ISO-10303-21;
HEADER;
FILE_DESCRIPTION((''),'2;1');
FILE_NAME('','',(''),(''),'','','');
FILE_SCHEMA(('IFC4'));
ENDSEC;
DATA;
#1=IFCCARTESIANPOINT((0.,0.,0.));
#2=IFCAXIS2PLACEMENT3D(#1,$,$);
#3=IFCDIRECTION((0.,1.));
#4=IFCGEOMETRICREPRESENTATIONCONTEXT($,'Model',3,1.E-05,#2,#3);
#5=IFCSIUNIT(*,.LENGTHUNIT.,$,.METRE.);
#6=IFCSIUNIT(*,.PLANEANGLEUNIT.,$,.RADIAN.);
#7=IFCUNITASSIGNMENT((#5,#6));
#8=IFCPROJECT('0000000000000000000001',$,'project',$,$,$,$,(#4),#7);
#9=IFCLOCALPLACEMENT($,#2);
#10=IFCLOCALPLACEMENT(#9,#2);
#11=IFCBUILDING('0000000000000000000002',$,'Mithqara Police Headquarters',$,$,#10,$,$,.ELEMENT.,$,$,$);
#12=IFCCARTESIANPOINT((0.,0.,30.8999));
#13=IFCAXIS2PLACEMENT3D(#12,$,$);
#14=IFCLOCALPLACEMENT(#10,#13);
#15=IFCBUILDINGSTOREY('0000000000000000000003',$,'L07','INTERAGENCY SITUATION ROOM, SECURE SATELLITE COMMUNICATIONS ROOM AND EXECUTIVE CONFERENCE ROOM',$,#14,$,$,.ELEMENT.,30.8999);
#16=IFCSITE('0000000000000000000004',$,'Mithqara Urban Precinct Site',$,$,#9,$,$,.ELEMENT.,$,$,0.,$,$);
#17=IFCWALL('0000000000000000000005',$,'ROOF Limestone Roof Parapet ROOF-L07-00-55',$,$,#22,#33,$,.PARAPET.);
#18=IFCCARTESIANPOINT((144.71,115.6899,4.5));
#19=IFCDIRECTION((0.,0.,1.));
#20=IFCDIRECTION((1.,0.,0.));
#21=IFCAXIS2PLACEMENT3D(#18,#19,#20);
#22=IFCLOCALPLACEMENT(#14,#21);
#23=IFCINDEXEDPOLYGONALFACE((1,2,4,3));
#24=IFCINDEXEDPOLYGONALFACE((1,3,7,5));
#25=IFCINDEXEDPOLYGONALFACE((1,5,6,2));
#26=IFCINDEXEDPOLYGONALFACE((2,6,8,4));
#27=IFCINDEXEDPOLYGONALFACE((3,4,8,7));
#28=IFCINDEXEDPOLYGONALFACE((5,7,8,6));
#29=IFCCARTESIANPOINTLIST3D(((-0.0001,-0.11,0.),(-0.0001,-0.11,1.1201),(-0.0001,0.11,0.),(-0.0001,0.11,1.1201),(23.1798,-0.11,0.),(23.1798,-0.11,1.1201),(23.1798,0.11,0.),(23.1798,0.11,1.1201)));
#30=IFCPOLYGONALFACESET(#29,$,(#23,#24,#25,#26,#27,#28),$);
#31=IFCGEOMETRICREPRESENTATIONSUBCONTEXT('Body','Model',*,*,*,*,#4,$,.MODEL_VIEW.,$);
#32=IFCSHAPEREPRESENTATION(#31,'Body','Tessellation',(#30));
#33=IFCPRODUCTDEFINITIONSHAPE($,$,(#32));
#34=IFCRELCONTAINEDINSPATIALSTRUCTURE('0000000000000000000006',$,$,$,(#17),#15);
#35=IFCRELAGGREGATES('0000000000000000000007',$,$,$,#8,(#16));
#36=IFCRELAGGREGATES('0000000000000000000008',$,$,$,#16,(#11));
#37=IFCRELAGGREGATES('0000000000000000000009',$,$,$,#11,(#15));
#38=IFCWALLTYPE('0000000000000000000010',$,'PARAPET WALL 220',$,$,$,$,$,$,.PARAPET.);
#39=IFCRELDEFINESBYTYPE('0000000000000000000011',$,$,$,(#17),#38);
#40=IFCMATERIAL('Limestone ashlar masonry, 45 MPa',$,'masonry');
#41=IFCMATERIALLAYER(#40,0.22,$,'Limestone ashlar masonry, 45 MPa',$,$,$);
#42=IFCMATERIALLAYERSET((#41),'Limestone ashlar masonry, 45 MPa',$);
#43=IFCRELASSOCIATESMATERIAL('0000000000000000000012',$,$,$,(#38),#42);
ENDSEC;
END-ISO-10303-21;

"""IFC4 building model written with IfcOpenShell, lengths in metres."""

from ifc_helpers import new_model, si_unit, direction, frame, frame_2d, origin, place, context, subcontext, project, spatial, rectangle, extrude, material, layer, layer_set, type_object, element, save


model = new_model("IFC4")

# Units and contexts
model_context = context("Model", 3, precision=1e-05, world=origin(), true_north=direction((0.0, 1.0)))
body_context = subcontext(model_context, "Body", "Model", "MODEL_VIEW")
ifc_project = project(units=[si_unit("LENGTHUNIT", "METRE"), si_unit("PLANEANGLEUNIT", "RADIAN")], contexts=[model_context])

# Site, building, storey
site_placement = place(None, origin())
site = spatial("IfcSite", under=ifc_project, at=site_placement, Name="Mithqara Urban Precinct Site", CompositionType="ELEMENT", RefElevation=0.0)
building_placement = place(site_placement, origin())
building = spatial("IfcBuilding", under=site, at=building_placement, Name="Mithqara Police Headquarters", CompositionType="ELEMENT")
storey_placement = place(building_placement, frame((0.0, 0.0, 30.8999)))
storey = spatial("IfcBuildingStorey", under=building, at=storey_placement, Name="L07", Description="INTERAGENCY SITUATION ROOM, SECURE SATELLITE COMMUNICATIONS ROOM AND EXECUTIVE CONFERENCE ROOM", CompositionType="ELEMENT", Elevation=30.8999)

# Shared definitions
ifc_material_1 = material(Name="Limestone ashlar masonry, 45 MPa", Category="masonry")

# Wall
ifc_layer_1 = layer(ifc_material_1, 0.22, Name="Limestone ashlar masonry, 45 MPa")
ifc_layer_set_1 = layer_set([ifc_layer_1], Name="Limestone ashlar masonry, 45 MPa")
wall_type_1 = type_object("IfcWallType", Name="PARAPET WALL 220", PredefinedType="PARAPET", material=ifc_layer_set_1)
wall_1_placement = place(storey_placement, frame((144.71, 115.6899, 4.5), z_axis=(0.0, 0.0, 1.0), x_axis=(1.0, 0.0, 0.0)))
element("IfcWall", 1, at=wall_1_placement, inside=storey, type_object=wall_type_1, Name="ROOF Limestone Roof Parapet ROOF-L07-00-55", PredefinedType="PARAPET", context=body_context, shape_type="SweptSolid", body=[
    extrude(rectangle(XDim=23.1799, YDim=0.22, at=frame_2d((11.5898, 0.0))), origin(), (0.0, 0.0, 1.0), 1.1201),
])

save(model, "model.ifc")
